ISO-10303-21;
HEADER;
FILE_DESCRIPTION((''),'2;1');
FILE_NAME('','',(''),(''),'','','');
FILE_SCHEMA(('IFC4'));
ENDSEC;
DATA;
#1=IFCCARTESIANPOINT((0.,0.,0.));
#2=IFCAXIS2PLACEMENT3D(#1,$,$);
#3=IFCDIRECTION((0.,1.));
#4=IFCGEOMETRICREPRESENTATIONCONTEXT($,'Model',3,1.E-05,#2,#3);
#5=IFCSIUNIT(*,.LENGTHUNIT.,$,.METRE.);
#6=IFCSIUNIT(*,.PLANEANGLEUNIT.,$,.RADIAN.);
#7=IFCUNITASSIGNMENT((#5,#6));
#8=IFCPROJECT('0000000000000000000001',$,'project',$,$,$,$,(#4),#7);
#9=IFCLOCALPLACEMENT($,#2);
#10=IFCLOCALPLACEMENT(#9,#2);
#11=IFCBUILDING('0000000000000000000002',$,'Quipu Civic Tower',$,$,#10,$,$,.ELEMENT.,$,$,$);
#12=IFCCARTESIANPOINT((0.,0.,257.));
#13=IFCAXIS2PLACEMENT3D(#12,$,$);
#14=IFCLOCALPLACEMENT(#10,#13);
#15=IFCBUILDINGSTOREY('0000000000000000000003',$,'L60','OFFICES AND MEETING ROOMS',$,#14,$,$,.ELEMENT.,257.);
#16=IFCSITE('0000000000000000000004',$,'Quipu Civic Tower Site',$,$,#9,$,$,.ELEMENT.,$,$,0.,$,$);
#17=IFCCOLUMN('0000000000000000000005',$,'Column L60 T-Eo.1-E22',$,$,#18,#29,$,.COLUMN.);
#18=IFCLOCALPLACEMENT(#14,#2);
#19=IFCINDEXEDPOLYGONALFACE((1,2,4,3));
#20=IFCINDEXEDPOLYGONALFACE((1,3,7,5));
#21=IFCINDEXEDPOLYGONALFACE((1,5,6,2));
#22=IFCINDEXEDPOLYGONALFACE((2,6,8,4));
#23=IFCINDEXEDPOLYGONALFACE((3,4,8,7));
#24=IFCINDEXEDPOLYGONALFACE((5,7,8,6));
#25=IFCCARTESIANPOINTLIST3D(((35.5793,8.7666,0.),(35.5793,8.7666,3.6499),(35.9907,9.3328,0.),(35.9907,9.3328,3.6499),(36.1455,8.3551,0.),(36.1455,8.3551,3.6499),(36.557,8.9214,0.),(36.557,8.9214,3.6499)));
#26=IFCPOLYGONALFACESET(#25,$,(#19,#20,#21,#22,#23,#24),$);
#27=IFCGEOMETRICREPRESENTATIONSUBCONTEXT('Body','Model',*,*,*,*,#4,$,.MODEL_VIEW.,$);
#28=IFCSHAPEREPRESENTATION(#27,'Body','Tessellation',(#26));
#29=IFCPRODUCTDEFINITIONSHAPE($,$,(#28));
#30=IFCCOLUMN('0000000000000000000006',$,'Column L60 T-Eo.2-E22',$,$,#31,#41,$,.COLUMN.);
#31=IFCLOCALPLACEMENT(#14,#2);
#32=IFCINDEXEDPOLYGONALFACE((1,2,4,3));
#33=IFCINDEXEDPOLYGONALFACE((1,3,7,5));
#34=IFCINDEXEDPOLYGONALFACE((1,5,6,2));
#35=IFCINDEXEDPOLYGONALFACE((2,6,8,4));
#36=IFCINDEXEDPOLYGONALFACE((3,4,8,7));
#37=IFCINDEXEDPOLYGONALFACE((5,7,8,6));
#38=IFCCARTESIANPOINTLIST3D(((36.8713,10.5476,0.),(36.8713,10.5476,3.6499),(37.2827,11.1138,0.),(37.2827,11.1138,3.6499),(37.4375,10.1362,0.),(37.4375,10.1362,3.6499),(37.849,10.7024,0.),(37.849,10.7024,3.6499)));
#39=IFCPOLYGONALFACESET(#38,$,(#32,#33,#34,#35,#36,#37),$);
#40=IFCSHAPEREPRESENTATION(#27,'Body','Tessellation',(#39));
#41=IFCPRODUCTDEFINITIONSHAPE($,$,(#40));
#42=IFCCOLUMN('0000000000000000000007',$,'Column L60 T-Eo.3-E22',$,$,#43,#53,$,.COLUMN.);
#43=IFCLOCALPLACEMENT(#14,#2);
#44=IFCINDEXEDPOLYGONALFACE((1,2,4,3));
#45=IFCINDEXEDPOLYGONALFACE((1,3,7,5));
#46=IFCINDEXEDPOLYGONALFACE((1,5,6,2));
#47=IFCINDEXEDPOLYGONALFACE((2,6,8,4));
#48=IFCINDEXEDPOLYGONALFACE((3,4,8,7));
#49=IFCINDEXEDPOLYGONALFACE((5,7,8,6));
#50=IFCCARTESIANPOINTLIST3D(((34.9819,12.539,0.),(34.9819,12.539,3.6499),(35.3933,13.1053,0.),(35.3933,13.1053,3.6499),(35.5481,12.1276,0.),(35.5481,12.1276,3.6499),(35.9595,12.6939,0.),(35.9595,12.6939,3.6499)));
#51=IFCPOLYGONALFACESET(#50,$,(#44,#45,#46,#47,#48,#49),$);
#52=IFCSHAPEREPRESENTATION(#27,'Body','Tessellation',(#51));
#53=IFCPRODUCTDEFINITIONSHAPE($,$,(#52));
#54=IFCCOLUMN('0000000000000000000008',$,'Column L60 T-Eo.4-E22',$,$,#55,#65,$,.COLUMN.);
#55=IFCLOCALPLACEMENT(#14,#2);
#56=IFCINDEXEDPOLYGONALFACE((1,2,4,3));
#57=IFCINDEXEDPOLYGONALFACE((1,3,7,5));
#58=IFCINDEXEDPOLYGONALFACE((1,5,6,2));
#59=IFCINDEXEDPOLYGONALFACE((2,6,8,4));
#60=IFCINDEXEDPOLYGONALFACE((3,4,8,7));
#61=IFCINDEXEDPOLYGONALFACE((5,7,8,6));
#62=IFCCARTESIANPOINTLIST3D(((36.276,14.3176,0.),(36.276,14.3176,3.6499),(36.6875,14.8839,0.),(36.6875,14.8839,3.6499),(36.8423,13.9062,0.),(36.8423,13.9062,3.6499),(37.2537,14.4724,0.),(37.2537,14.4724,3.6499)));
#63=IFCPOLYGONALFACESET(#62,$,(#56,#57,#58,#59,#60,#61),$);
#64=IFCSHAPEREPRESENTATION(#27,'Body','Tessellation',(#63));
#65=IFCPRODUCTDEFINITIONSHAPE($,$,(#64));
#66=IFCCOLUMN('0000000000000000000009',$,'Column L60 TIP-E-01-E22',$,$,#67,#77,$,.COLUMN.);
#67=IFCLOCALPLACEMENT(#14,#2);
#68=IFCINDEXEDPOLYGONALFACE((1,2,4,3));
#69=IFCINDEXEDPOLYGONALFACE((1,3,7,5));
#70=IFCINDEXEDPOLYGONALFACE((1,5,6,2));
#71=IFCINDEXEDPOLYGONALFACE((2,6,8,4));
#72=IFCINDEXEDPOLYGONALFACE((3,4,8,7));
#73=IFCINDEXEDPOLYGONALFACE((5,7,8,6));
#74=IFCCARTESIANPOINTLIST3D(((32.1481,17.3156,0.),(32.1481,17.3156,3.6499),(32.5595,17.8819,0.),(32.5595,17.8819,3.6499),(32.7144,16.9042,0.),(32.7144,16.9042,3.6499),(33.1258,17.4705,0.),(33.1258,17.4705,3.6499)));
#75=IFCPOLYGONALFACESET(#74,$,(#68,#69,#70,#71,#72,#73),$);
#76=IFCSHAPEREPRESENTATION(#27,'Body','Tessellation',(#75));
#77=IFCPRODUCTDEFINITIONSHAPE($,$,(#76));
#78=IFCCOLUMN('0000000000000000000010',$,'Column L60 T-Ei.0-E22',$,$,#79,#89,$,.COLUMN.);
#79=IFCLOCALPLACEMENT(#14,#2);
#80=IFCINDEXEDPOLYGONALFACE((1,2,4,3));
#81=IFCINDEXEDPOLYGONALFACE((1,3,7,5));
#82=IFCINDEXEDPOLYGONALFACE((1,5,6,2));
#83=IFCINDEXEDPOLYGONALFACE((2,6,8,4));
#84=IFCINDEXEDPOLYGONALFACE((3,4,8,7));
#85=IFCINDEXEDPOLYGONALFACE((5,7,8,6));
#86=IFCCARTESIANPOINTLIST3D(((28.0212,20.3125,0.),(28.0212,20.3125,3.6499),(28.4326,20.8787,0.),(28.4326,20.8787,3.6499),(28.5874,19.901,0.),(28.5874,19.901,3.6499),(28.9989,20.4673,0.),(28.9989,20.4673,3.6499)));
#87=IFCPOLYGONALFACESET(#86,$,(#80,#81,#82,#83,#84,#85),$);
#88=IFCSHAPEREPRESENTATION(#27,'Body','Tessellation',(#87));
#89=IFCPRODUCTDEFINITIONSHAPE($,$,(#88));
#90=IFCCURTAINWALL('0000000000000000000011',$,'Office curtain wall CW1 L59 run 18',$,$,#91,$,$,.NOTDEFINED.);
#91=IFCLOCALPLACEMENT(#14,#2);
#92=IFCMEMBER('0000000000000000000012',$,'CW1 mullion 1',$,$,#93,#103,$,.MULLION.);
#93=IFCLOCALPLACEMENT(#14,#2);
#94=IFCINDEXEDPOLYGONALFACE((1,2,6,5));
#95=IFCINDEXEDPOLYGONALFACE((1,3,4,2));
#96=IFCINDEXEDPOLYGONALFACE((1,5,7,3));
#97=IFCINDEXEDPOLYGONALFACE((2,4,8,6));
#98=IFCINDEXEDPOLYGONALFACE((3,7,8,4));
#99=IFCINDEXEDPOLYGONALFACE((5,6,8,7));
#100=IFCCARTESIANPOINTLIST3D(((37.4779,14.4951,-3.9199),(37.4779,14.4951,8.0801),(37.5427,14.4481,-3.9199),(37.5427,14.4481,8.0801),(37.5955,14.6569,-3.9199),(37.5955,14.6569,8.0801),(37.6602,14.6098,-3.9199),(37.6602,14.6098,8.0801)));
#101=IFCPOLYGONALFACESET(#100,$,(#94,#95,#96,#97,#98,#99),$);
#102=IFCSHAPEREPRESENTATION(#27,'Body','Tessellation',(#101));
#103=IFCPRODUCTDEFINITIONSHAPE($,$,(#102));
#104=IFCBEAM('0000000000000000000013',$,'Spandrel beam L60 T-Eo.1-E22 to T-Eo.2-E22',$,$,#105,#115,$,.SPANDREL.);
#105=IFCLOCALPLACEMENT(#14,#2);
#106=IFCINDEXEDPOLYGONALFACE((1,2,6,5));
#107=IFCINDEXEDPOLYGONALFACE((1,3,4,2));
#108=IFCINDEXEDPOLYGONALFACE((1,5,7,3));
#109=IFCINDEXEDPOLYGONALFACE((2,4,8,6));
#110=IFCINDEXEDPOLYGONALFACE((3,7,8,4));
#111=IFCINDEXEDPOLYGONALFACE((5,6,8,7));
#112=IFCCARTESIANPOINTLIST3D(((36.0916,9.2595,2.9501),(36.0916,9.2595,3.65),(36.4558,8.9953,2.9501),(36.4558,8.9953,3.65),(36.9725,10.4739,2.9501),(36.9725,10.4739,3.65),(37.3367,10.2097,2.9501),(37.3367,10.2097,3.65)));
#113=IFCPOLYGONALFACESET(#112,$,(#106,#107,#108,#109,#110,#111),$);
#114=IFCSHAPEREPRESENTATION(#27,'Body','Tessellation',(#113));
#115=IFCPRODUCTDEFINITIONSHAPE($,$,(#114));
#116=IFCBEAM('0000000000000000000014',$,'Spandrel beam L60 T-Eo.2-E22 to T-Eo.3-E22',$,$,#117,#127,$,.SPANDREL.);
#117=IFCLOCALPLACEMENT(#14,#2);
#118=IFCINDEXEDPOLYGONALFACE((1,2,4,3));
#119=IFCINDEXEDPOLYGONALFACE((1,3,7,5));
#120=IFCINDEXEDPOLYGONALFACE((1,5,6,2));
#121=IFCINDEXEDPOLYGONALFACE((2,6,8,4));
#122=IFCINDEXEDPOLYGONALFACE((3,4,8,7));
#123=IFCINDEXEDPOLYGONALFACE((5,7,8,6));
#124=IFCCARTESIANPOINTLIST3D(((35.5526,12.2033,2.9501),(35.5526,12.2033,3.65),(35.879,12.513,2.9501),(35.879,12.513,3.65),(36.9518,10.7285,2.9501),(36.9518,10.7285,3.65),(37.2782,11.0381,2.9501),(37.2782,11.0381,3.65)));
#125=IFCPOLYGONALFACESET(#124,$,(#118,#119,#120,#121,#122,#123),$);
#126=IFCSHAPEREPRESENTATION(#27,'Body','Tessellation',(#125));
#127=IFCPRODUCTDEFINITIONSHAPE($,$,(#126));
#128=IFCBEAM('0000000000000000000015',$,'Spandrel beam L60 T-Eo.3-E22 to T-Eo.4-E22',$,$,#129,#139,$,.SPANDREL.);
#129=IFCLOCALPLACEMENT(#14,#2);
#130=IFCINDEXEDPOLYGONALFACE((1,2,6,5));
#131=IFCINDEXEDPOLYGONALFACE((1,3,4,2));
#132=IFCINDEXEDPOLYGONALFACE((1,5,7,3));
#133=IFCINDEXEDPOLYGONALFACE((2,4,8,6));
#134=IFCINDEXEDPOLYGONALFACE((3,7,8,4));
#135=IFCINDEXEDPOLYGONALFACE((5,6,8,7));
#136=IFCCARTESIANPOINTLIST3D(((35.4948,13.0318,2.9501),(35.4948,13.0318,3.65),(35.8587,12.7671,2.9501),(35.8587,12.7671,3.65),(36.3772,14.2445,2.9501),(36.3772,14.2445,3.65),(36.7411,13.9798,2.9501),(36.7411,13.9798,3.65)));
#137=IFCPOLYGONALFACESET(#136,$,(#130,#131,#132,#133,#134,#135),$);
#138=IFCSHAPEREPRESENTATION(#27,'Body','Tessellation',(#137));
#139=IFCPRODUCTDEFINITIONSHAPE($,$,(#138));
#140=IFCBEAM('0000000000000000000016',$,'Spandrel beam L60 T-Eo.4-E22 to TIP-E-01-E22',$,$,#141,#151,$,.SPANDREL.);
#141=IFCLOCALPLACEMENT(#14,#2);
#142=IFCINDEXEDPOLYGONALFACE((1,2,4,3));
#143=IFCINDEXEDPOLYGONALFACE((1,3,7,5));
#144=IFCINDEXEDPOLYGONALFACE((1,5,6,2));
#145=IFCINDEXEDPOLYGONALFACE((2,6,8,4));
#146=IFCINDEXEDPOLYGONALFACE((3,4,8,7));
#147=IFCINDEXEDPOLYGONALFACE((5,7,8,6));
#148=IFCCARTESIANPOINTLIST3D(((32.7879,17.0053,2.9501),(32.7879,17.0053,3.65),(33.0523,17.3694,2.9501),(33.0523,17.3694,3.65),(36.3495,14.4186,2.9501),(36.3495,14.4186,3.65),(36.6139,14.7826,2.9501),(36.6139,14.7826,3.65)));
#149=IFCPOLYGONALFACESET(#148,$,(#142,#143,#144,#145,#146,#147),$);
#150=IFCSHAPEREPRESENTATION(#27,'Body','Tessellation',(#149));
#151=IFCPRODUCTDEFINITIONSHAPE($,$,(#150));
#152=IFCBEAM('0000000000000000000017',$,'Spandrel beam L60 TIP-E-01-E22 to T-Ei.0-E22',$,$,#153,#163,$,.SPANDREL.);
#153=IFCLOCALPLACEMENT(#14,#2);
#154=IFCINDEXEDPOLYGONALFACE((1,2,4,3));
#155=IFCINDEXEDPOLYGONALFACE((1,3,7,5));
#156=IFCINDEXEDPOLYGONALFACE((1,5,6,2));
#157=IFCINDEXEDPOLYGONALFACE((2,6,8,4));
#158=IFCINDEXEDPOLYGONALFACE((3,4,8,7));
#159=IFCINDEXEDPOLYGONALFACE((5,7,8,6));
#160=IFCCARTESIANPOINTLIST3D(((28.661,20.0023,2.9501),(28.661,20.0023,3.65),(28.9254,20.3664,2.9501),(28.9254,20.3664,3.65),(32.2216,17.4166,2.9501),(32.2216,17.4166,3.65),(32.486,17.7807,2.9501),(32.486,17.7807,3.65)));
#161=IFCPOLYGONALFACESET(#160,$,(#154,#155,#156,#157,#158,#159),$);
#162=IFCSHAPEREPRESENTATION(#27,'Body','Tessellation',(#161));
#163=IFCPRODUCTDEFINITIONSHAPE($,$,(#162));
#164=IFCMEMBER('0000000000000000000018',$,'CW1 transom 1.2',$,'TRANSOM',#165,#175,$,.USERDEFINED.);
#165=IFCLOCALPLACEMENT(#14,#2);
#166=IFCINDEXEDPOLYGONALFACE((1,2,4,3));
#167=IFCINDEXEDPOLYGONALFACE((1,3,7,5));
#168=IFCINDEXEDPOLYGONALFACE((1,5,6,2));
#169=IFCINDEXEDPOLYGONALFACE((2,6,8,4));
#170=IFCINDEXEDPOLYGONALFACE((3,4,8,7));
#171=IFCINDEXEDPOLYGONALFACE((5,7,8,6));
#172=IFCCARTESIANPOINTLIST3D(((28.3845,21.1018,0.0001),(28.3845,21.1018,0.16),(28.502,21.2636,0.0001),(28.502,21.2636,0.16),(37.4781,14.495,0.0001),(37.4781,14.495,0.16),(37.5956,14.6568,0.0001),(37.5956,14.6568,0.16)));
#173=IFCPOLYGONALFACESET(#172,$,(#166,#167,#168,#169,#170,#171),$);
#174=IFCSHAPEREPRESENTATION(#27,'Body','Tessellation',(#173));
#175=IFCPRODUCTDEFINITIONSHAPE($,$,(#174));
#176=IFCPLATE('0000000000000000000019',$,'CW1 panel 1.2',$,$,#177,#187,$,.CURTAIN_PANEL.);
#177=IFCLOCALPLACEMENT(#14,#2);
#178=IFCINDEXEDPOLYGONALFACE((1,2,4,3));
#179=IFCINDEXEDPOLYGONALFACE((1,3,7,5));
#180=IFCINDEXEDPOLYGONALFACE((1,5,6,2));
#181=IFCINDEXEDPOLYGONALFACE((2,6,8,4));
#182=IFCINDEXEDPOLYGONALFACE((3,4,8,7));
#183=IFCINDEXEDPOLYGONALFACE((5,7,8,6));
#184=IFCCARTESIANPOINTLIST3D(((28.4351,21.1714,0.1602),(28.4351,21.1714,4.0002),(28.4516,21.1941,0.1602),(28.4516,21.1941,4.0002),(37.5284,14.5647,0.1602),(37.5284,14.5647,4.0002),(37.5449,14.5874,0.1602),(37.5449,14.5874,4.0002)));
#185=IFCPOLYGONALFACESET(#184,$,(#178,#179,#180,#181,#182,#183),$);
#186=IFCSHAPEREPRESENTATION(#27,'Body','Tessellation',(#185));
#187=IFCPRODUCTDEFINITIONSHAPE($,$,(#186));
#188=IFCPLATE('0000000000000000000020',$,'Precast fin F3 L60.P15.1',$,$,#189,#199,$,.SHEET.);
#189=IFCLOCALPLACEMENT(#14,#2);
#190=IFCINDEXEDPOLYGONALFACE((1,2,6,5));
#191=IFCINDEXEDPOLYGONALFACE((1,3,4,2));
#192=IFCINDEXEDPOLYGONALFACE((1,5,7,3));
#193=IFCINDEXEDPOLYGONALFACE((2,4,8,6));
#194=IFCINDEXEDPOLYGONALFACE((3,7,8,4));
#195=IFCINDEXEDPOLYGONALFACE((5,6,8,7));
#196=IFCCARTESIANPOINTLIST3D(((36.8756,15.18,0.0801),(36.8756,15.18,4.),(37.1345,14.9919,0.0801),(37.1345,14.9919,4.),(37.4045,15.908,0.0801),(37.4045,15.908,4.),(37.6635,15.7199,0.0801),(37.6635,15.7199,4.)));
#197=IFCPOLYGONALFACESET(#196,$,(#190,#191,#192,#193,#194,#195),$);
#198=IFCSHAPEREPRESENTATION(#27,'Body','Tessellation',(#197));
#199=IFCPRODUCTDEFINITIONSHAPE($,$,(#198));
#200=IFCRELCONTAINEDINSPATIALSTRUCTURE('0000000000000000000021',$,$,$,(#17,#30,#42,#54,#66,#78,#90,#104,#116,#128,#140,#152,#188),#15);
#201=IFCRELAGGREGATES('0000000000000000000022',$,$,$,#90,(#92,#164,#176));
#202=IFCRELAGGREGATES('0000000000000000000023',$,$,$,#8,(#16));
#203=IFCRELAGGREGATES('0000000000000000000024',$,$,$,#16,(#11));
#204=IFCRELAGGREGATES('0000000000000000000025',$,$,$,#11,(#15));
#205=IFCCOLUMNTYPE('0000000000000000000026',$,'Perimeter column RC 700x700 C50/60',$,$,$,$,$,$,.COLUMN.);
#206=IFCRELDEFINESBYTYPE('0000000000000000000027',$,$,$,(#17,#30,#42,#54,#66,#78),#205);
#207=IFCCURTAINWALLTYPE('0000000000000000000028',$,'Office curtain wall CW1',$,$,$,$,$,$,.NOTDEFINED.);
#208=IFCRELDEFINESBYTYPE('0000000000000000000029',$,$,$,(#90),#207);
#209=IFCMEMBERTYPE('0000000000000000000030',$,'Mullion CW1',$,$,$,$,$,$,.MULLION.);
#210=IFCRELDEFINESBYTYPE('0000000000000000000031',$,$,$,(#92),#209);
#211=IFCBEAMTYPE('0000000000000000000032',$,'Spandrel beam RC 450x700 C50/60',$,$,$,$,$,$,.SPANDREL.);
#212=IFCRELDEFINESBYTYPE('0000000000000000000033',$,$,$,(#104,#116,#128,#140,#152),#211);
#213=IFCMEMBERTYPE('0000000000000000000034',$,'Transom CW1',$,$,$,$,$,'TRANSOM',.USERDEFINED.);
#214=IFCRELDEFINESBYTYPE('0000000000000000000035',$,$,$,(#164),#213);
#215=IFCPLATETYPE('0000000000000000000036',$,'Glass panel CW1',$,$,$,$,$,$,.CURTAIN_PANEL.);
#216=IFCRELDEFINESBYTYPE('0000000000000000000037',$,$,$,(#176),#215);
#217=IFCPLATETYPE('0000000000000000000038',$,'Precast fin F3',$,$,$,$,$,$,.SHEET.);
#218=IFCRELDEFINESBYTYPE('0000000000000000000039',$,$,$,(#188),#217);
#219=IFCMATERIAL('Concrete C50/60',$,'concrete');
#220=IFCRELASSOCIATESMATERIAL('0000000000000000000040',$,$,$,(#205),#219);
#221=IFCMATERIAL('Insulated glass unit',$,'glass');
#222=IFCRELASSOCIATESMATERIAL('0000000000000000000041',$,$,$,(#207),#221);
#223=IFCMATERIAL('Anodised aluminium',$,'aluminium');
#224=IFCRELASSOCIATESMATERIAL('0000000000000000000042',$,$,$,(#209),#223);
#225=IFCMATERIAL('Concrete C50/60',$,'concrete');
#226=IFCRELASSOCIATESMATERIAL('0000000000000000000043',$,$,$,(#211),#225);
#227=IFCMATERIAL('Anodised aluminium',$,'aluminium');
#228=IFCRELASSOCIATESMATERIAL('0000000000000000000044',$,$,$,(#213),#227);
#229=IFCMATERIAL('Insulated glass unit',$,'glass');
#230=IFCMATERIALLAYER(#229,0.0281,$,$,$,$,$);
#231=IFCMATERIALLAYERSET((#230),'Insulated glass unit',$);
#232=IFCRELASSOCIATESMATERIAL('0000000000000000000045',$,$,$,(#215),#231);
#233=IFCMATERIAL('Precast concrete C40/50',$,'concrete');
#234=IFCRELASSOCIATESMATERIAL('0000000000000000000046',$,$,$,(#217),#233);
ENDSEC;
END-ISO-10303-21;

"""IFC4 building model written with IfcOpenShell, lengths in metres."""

from ifc_helpers import new_model, si_unit, direction, frame, origin, origin_2d, place, context, subcontext, project, spatial, rectangle, extrude, material, layer, layer_set, material_profile, profile_set, type_object, element, aggregate, save


model = new_model("IFC4")

# Units and contexts
model_context = context("Model", 3, precision=1e-05, world=origin(), true_north=direction((0.0, 1.0)))
body_context = subcontext(model_context, "Body", "Model", "MODEL_VIEW")
ifc_project = project(units=[si_unit("LENGTHUNIT", "METRE"), si_unit("PLANEANGLEUNIT", "RADIAN")], contexts=[model_context])

# Site, building, storey
site_placement = place(None, origin())
site = spatial("IfcSite", under=ifc_project, at=site_placement, Name="Quipu Civic Tower Site", CompositionType="ELEMENT", RefElevation=0.0)
building_placement = place(site_placement, origin())
building = spatial("IfcBuilding", under=site, at=building_placement, Name="Quipu Civic Tower", CompositionType="ELEMENT")
storey_placement = place(building_placement, frame((0.0, 0.0, 257.0)))
storey = spatial("IfcBuildingStorey", under=building, at=storey_placement, Name="L60", Description="OFFICES AND MEETING ROOMS", CompositionType="ELEMENT", Elevation=257.0)

# Columns
ifc_material_1 = material(Name="Concrete C50/60", Category="concrete")
ifc_material_profile_1 = material_profile(ifc_material_1, rectangle(XDim=0.7, YDim=0.7, at=origin_2d()), Name="RC700x700")
ifc_profile_set_1 = profile_set([ifc_material_profile_1], Name="Concrete C50/60")
column_type = type_object("IfcColumnType", Name="Perimeter column RC 700x700 C50/60", PredefinedType="COLUMN", material=ifc_profile_set_1)
for number, where, z_axis, x_axis, name in (
    (1, (36.0681, 8.844, 0.0), (0.0, 0.0, 1.0), (0.587785, 0.809017, 0.0), "Column L60 T-Eo.1-E22"),
    (2, (37.3601, 10.625, 0.0), (0.0, 0.0, 1.0), (0.587785, 0.809017, 0.0), "Column L60 T-Eo.2-E22"),
    (3, (35.4707, 12.6165, 0.0), (0.0, 0.0, 1.0), (-0.809017, 0.587785, 0.0), "Column L60 T-Eo.3-E22"),
    (4, (36.7649, 14.395, 0.0), (0.0, 0.0, 1.0), (-0.809017, 0.587785, 0.0), "Column L60 T-Eo.4-E22"),
    (5, (32.637, 17.3931, 0.0), (0.0, 0.0, 1.0), (-0.809017, 0.587785, 0.0), "Column L60 TIP-E-01-E22"),
    (6, (28.51, 20.3899, 0.0), (0.0, 0.0, 1.0), (-0.587785, -0.809017, 0.0), "Column L60 T-Ei.0-E22"),
):
    element("IfcColumn", number, at=place(storey_placement, frame(where, z_axis=z_axis, x_axis=x_axis)), inside=storey, type_object=column_type, Name=name, PredefinedType="COLUMN", context=body_context, shape_type="SweptSolid", body=[
        extrude(rectangle(XDim=0.7, YDim=0.7, at=origin_2d()), origin(), (0.0, 0.0, 1.0), 3.6499),
    ])

# Curtain wall, member
ifc_material_2 = material(Name="Insulated glass unit", Category="glass")
curtain_wall_type = type_object("IfcCurtainWallType", Name="Office curtain wall CW1", PredefinedType="NOTDEFINED", material=ifc_material_2)
curtain_wall_placement = place(storey_placement, origin())
curtain_wall = element("IfcCurtainWall", 7, at=curtain_wall_placement, inside=storey, type_object=curtain_wall_type, Name="Office curtain wall CW1 L59 run 18", PredefinedType="NOTDEFINED")
ifc_material_3 = material(Name="Anodised aluminium", Category="aluminium")
ifc_material_profile_2 = material_profile(ifc_material_3, rectangle(XDim=0.2, YDim=0.0801, at=origin_2d()), Name="RECT 200x80")
ifc_profile_set_2 = profile_set([ifc_material_profile_2], Name="Anodised aluminium")
member_type_1 = type_object("IfcMemberType", Name="Mullion CW1", PredefinedType="MULLION", material=ifc_profile_set_2)
member_1_placement = place(storey_placement, frame((37.5691, 14.5525, -3.9199), z_axis=(0.0, 0.0, 1.0), x_axis=(-0.587788, -0.809015, 0.0)))
member_1 = element("IfcMember", 8, at=member_1_placement, type_object=member_type_1, Name="CW1 mullion 1", PredefinedType="MULLION", context=body_context, shape_type="SweptSolid", body=[
    extrude(rectangle(XDim=0.2, YDim=0.0801, at=origin_2d()), origin(), (0.0, 0.0, 1.0), 12.0),
])

# Beams
ifc_material_4 = material(Name="Concrete C50/60", Category="concrete")
ifc_material_profile_3 = material_profile(ifc_material_4, rectangle(XDim=0.45, YDim=0.7, at=origin_2d()), Name="RC450x700")
ifc_profile_set_3 = profile_set([ifc_material_profile_3], Name="Concrete C50/60")
beam_type = type_object("IfcBeamType", Name="Spandrel beam RC 450x700 C50/60", PredefinedType="SPANDREL", material=ifc_profile_set_3)
beam_1_placement = place(storey_placement, frame((36.2737, 9.1274, 3.3), z_axis=(0.587165, 0.809467, 0.0), x_axis=(-0.809467, 0.587165, 0.0)))
element("IfcBeam", 9, at=beam_1_placement, inside=storey, type_object=beam_type, Name="Spandrel beam L60 T-Eo.1-E22 to T-Eo.2-E22", PredefinedType="SPANDREL", context=body_context, shape_type="SweptSolid", body=[
    extrude(rectangle(XDim=0.45, YDim=0.7, at=origin_2d()), origin(), (0.0, 0.0, 1.0), 1.5002),
])
beam_2_placement = place(storey_placement, frame((37.115, 10.8833, 3.3), z_axis=(-0.688247, 0.725476, 0.0), x_axis=(-0.725476, -0.688247, 0.0)))
element("IfcBeam", 10, at=beam_2_placement, inside=storey, type_object=beam_type, Name="Spandrel beam L60 T-Eo.2-E22 to T-Eo.3-E22", PredefinedType="SPANDREL", context=body_context, shape_type="SweptSolid", body=[
    extrude(rectangle(XDim=0.45, YDim=0.7, at=origin_2d()), origin(), (0.0, 0.0, 1.0), 2.033),
])
beam_3_placement = place(storey_placement, frame((35.6768, 12.8994, 3.3), z_axis=(0.588346, 0.808609, 0.0), x_axis=(-0.808609, 0.588346, 0.0)))
element("IfcBeam", 11, at=beam_3_placement, inside=storey, type_object=beam_type, Name="Spandrel beam L60 T-Eo.3-E22 to T-Eo.4-E22", PredefinedType="SPANDREL", context=body_context, shape_type="SweptSolid", body=[
    extrude(rectangle(XDim=0.45, YDim=0.7, at=origin_2d()), origin(), (0.0, 0.0, 1.0), 1.4998),
])
beam_4_placement = place(storey_placement, frame((36.4817, 14.6006, 3.3), z_axis=(-0.809117, 0.587647, 0.0), x_axis=(-0.587647, -0.809117, 0.0)))
element("IfcBeam", 12, at=beam_4_placement, inside=storey, type_object=beam_type, Name="Spandrel beam L60 T-Eo.4-E22 to TIP-E-01-E22", PredefinedType="SPANDREL", context=body_context, shape_type="SweptSolid", body=[
    extrude(rectangle(XDim=0.45, YDim=0.7, at=origin_2d()), origin(), (0.0, 0.0, 1.0), 4.4019),
])
beam_5_placement = place(storey_placement, frame((32.3538, 17.5986, 3.3), z_axis=(-0.809146, 0.587607, 0.0), x_axis=(-0.587607, -0.809146, 0.0)))
element("IfcBeam", 13, at=beam_5_placement, inside=storey, type_object=beam_type, Name="Spandrel beam L60 TIP-E-01-E22 to T-Ei.0-E22", PredefinedType="SPANDREL", context=body_context, shape_type="SweptSolid", body=[
    extrude(rectangle(XDim=0.45, YDim=0.7, at=origin_2d()), origin(), (0.0, 0.0, 1.0), 4.4004),
])

# Member
ifc_material_5 = material(Name="Anodised aluminium", Category="aluminium")
ifc_material_profile_4 = material_profile(ifc_material_5, rectangle(XDim=0.2, YDim=0.1599, at=origin_2d()), Name="RECT 200x160")
ifc_profile_set_4 = profile_set([ifc_material_profile_4], Name="Anodised aluminium")
member_type_2 = type_object("IfcMemberType", Name="Transom CW1", ElementType="TRANSOM", PredefinedType="USERDEFINED", material=ifc_profile_set_4)
member_2_placement = place(storey_placement, frame((37.5369, 14.5759, 0.0801), z_axis=(-0.809022, 0.587778, 0.0), x_axis=(-0.587778, -0.809022, 0.0)))
member_2 = element("IfcMember", 14, at=member_2_placement, type_object=member_type_2, Name="CW1 transom 1.2", ObjectType="TRANSOM", PredefinedType="USERDEFINED", context=body_context, shape_type="SweptSolid", body=[
    extrude(rectangle(XDim=0.2, YDim=0.1599, at=origin_2d()), origin(), (0.0, 0.0, 1.0), 11.2402),
])

# Plate
ifc_material_6 = material(Name="Insulated glass unit", Category="glass")
ifc_layer = layer(ifc_material_6, 0.0281)
ifc_layer_set = layer_set([ifc_layer], Name="Insulated glass unit")
plate_type_1 = type_object("IfcPlateType", Name="Glass panel CW1", PredefinedType="CURTAIN_PANEL", material=ifc_layer_set)
plate_placement = place(storey_placement, frame((32.99, 17.8794, 0.1602), z_axis=(0.0, 0.0, 1.0), x_axis=(-0.809015, 0.587788, 0.0)))
plate = element("IfcPlate", 15, at=plate_placement, type_object=plate_type_1, Name="CW1 panel 1.2", PredefinedType="CURTAIN_PANEL", context=body_context, shape_type="SweptSolid", body=[
    extrude(rectangle(XDim=11.24, YDim=0.0281, at=origin_2d()), origin(), (0.0, 0.0, 1.0), 3.8401),
])
aggregate(curtain_wall, [member_1, member_2, plate])

# Plate
ifc_material_7 = material(Name="Precast concrete C40/50", Category="concrete")
plate_type_2 = type_object("IfcPlateType", Name="Precast fin F3", PredefinedType="SHEET", material=ifc_material_7)
for number, where, z_axis, x_axis, name in (
    (16, (37.2695, 15.45, 0.0801), (0.0, 0.0, 1.0), (-0.809017, 0.587785, 0.0), "Precast fin F3 L60.P15.1"),
):
    element("IfcPlate", number, at=place(storey_placement, frame(where, z_axis=z_axis, x_axis=x_axis)), inside=storey, type_object=plate_type_2, Name=name, PredefinedType="SHEET", context=body_context, shape_type="SweptSolid", body=[
        extrude(rectangle(XDim=0.3201, YDim=0.8999, at=origin_2d()), origin(), (0.0, 0.0, 1.0), 3.9199),
    ])

save(model, "model.ifc")
